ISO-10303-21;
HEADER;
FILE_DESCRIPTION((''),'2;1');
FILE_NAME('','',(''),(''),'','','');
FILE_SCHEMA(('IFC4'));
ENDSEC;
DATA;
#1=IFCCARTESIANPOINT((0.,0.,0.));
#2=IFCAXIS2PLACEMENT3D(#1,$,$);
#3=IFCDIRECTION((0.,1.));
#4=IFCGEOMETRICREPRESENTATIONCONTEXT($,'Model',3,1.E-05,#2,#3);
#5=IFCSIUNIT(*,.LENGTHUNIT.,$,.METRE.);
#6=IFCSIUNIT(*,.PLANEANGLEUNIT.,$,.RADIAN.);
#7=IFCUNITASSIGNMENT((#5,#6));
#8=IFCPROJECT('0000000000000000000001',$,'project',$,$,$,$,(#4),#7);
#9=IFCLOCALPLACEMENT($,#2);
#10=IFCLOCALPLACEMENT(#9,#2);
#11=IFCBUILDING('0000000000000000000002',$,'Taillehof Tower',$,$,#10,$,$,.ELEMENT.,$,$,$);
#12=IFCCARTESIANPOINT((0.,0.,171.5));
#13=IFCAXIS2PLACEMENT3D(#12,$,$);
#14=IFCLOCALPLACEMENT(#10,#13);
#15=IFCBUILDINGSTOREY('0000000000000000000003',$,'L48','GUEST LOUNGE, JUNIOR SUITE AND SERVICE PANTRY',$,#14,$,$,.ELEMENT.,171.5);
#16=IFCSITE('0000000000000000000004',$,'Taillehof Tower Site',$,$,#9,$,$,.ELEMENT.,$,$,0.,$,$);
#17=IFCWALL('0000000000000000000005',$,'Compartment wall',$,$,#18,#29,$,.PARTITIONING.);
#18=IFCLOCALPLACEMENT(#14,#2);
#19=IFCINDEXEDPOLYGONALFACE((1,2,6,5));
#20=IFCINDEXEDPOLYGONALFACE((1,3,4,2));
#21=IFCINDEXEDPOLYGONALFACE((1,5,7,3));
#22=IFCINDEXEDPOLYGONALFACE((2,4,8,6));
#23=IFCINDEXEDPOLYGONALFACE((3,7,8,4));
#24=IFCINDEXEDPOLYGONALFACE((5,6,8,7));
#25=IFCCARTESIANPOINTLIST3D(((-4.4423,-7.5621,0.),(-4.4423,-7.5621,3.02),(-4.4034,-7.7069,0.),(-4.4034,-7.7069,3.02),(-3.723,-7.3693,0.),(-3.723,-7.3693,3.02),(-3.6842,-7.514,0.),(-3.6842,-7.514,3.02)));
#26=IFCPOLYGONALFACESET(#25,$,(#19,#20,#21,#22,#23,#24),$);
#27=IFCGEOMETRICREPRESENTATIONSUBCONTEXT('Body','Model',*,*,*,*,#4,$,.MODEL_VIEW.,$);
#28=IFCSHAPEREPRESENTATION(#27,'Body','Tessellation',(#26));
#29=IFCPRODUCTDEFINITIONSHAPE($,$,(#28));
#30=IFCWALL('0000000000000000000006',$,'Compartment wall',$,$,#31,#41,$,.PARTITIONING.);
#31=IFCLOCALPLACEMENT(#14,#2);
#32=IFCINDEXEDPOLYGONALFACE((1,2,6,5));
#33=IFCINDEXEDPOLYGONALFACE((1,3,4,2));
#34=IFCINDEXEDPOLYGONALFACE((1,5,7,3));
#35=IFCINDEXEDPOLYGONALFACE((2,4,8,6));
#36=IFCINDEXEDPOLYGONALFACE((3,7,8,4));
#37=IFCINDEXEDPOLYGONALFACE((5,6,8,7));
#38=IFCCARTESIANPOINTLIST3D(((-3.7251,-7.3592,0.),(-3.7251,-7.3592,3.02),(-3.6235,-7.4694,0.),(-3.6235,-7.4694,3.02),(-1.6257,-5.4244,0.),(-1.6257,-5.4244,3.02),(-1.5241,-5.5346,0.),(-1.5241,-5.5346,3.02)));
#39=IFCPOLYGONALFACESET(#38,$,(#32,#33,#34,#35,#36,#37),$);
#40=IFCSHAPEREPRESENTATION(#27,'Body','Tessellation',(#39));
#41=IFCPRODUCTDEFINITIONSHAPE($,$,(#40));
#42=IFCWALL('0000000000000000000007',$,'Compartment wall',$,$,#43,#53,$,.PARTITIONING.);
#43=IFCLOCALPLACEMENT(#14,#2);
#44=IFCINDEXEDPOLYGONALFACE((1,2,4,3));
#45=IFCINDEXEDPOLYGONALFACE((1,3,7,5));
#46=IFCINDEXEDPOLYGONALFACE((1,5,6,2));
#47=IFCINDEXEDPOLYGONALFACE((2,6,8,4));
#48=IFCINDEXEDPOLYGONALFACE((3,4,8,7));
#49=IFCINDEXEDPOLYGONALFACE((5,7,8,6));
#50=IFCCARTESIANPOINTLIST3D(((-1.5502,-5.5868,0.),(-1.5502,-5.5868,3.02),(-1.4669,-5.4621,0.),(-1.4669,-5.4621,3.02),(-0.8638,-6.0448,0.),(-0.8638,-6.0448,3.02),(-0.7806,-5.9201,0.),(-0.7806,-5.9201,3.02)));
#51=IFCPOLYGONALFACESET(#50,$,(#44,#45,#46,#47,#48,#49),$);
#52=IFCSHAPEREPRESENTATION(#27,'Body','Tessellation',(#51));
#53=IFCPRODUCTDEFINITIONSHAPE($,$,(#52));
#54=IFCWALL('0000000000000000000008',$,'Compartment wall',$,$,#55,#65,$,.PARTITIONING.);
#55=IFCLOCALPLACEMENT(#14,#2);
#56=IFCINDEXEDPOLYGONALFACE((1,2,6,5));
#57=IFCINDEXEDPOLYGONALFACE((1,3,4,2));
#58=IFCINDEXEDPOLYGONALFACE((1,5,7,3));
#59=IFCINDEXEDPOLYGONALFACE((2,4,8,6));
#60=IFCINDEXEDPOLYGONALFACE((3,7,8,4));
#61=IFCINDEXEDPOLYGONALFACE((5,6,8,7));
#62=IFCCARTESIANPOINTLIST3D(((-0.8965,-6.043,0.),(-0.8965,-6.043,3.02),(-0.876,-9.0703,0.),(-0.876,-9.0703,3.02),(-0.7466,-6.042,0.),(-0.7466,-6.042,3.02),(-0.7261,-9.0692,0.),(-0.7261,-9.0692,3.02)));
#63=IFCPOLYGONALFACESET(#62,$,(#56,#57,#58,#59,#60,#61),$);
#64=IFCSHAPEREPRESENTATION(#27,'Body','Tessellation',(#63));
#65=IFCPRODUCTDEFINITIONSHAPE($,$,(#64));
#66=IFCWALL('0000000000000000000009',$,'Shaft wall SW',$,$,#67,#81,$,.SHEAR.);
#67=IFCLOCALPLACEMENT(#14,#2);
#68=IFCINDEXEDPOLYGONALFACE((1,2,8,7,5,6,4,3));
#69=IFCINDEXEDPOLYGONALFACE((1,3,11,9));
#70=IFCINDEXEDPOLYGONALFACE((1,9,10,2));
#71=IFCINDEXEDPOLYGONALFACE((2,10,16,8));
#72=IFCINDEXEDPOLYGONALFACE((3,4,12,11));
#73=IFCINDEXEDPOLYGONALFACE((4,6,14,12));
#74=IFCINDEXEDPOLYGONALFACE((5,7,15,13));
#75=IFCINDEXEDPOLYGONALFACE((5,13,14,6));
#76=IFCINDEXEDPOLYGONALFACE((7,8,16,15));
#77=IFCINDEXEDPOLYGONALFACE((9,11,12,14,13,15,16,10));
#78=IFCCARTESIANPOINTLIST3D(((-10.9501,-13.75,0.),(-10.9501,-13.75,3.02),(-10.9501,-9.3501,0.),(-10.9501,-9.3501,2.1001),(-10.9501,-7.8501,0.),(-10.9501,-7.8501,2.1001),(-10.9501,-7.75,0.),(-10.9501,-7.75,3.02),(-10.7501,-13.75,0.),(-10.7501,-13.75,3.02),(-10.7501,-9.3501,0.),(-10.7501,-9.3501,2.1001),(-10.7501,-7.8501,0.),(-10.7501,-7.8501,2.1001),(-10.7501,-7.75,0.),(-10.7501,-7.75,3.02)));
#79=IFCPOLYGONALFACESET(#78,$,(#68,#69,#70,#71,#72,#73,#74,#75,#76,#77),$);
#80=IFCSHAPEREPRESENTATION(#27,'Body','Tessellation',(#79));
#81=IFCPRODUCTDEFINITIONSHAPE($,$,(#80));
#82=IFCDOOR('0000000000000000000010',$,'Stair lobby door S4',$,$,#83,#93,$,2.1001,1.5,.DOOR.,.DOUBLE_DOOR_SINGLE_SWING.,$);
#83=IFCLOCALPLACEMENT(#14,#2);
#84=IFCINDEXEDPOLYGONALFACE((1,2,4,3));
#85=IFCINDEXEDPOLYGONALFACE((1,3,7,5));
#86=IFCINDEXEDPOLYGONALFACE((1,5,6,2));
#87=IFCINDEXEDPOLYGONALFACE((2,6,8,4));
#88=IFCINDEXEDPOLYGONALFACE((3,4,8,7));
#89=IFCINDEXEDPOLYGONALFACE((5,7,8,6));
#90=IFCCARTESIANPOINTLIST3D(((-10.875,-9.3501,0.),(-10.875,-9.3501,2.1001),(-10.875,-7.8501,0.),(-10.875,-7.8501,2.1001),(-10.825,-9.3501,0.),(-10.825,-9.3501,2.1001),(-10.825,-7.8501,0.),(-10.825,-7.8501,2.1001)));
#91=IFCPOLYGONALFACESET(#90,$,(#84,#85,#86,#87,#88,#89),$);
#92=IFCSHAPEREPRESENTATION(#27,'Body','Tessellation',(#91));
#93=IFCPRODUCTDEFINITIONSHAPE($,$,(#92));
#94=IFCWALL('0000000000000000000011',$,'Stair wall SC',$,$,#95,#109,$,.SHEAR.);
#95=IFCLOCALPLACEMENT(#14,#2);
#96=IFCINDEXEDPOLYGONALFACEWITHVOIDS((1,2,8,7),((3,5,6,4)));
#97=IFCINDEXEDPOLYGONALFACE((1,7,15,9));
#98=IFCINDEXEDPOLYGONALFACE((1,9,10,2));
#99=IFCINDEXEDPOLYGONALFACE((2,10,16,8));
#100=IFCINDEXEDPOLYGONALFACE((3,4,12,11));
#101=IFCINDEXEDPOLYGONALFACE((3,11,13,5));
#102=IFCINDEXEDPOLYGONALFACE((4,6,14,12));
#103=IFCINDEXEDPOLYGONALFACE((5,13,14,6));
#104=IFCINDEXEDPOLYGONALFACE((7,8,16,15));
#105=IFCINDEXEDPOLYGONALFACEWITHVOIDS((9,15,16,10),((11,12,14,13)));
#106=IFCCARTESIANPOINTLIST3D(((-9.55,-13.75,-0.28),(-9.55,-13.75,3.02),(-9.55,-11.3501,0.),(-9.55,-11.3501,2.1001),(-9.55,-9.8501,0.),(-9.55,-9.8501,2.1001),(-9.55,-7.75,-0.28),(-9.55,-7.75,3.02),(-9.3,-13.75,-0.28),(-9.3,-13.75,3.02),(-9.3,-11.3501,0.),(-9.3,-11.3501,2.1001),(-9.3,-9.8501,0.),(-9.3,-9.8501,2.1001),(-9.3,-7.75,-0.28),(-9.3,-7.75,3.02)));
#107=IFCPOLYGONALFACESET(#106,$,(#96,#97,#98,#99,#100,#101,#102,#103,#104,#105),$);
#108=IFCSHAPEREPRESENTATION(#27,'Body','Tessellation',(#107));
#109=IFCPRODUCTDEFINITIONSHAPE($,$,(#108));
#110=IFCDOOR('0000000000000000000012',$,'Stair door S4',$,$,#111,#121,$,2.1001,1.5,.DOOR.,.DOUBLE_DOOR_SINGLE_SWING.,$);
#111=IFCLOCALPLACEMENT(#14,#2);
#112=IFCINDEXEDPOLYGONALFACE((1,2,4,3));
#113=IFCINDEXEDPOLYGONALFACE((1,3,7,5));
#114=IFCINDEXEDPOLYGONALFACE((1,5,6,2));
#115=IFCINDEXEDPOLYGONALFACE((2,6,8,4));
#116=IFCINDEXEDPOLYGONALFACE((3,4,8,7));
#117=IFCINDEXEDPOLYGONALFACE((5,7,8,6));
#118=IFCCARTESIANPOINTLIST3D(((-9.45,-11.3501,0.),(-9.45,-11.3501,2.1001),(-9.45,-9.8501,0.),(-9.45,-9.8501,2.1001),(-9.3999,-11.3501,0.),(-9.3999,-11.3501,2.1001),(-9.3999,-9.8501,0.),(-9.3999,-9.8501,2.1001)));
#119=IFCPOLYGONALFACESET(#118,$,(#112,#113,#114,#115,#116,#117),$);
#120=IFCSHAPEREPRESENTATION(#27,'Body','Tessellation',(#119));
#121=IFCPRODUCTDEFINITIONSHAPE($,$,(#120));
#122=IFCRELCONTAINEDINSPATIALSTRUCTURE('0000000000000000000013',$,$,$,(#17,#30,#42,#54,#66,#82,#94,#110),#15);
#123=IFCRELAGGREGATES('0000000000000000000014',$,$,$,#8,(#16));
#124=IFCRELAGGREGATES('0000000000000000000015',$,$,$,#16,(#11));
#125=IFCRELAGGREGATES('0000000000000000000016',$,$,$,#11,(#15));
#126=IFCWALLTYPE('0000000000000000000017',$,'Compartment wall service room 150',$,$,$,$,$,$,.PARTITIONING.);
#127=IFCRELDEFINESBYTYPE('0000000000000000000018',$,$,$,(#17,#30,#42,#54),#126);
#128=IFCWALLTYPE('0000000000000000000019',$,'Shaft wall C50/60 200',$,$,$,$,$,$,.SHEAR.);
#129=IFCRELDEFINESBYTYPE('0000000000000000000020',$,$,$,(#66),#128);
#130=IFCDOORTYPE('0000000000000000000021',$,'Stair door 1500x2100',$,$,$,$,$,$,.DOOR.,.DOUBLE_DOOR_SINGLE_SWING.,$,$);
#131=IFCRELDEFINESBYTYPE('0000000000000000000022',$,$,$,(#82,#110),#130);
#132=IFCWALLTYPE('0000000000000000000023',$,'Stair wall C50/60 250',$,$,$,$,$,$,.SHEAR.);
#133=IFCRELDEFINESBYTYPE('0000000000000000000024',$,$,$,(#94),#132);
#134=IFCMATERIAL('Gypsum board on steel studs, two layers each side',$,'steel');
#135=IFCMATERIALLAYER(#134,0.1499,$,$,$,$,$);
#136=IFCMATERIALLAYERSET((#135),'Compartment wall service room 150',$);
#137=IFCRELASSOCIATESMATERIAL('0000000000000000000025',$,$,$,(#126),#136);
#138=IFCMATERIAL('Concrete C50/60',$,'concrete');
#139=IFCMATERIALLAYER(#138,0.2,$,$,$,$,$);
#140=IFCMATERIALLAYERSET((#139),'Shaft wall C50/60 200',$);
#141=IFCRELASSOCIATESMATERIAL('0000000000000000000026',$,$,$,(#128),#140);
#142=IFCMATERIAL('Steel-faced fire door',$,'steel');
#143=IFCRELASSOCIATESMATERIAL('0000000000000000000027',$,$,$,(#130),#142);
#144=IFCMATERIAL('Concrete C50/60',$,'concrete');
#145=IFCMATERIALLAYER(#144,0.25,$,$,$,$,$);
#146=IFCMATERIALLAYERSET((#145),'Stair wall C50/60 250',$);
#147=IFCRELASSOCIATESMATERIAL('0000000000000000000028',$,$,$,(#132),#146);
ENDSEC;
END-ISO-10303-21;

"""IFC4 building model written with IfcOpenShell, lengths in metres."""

from ifc_helpers import new_model, si_unit, direction, frame, frame_2d, origin, place, context, subcontext, project, spatial, rectangle, extrude, material, layer, layer_set, type_object, element, fill, save


model = new_model("IFC4")

# Units and contexts
model_context = context("Model", 3, precision=1e-05, world=origin(), true_north=direction((0.0, 1.0)))
body_context = subcontext(model_context, "Body", "Model", "MODEL_VIEW")
ifc_project = project(units=[si_unit("LENGTHUNIT", "METRE"), si_unit("PLANEANGLEUNIT", "RADIAN")], contexts=[model_context])

# Site, building, storey
site_placement = place(None, origin())
site = spatial("IfcSite", under=ifc_project, at=site_placement, Name="Taillehof Tower Site", CompositionType="ELEMENT", RefElevation=0.0)
building_placement = place(site_placement, origin())
building = spatial("IfcBuilding", under=site, at=building_placement, Name="Taillehof Tower", CompositionType="ELEMENT")
storey_placement = place(building_placement, frame((0.0, 0.0, 171.5)))
storey = spatial("IfcBuildingStorey", under=building, at=storey_placement, Name="L48", Description="GUEST LOUNGE, JUNIOR SUITE AND SERVICE PANTRY", CompositionType="ELEMENT", Elevation=171.5)

# Walls
ifc_material_1 = material(Name="Gypsum board on steel studs, two layers each side", Category="steel")
ifc_layer_1 = layer(ifc_material_1, 0.1499)
ifc_layer_set_1 = layer_set([ifc_layer_1], Name="Compartment wall service room 150")
wall_type_1 = type_object("IfcWallType", Name="Compartment wall service room 150", PredefinedType="PARTITIONING", material=ifc_layer_set_1)
wall_1_placement = place(storey_placement, frame((-4.4229, -7.6345, 0.0), z_axis=(0.0, 0.0, 1.0), x_axis=(0.965875, 0.259009, 0.0)))
element("IfcWall", 1, at=wall_1_placement, inside=storey, type_object=wall_type_1, Name="Compartment wall", PredefinedType="PARTITIONING", context=body_context, shape_type="SweptSolid", body=[
    extrude(rectangle(XDim=0.7446, YDim=0.1499, at=frame_2d((0.3723, 0.0))), origin(), (0.0, 0.0, 1.0), 3.02),
])
wall_2_placement = place(storey_placement, frame((-3.6743, -7.4143, 0.0), z_axis=(0.0, 0.0, 1.0), x_axis=(0.735338, 0.677701, 0.0)))
element("IfcWall", 2, at=wall_2_placement, inside=storey, type_object=wall_type_1, Name="Compartment wall", PredefinedType="PARTITIONING", context=body_context, shape_type="SweptSolid", body=[
    extrude(rectangle(XDim=2.855, YDim=0.1499, at=frame_2d((1.4275, 0.0))), origin(), (0.0, 0.0, 1.0), 3.02),
])
wall_3_placement = place(storey_placement, frame((-1.5085, -5.5244, 0.0), z_axis=(0.0, 0.0, 1.0), x_axis=(0.831777, -0.55511, 0.0)))
element("IfcWall", 3, at=wall_3_placement, inside=storey, type_object=wall_type_1, Name="Compartment wall", PredefinedType="PARTITIONING", context=body_context, shape_type="SweptSolid", body=[
    extrude(rectangle(XDim=0.8252, YDim=0.1499, at=frame_2d((0.4126, 0.0))), origin(), (0.0, 0.0, 1.0), 3.02),
])
wall_4_placement = place(storey_placement, frame((-0.8215, -6.0425, 0.0), z_axis=(0.0, 0.0, 1.0), x_axis=(0.006774, -0.999977, 0.0)))
element("IfcWall", 4, at=wall_4_placement, inside=storey, type_object=wall_type_1, Name="Compartment wall", PredefinedType="PARTITIONING", context=body_context, shape_type="SweptSolid", body=[
    extrude(rectangle(XDim=3.0273, YDim=0.1499, at=frame_2d((1.5137, 0.0))), origin(), (0.0, 0.0, 1.0), 3.02),
])

# Walls, openings, doors
ifc_material_2 = material(Name="Concrete C50/60", Category="concrete")
ifc_layer_2 = layer(ifc_material_2, 0.2)
ifc_layer_set_2 = layer_set([ifc_layer_2], Name="Shaft wall C50/60 200")
wall_type_2 = type_object("IfcWallType", Name="Shaft wall C50/60 200", PredefinedType="SHEAR", material=ifc_layer_set_2)
wall_5_placement = place(storey_placement, frame((-10.8501, -13.75, 0.0), z_axis=(0.0, 0.0, 1.0), x_axis=(0.0, 1.0, 0.0)))
wall_5 = element("IfcWall", 5, at=wall_5_placement, inside=storey, type_object=wall_type_2, Name="Shaft wall SW", PredefinedType="SHEAR", context=body_context, shape_type="SweptSolid", body=[
    extrude(rectangle(XDim=6.0, YDim=0.2, at=frame_2d((3.0, 0.0))), origin(), (0.0, 0.0, 1.0), 3.02),
])
opening_1_placement = place(wall_5_placement, frame((4.3999, 0.0, 0.0)))
opening_1 = element("IfcOpeningElement", 6, at=opening_1_placement, cuts=wall_5, PredefinedType="OPENING", context=body_context, shape_type="SweptSolid", body=[
    extrude(rectangle(XDim=1.5, YDim=2.1001, at=frame_2d((0.75, 1.05))), frame((0.0, 0.1099, 0.0), z_axis=(0.0, -1.0, 0.0), x_axis=(1.0, 0.0, 0.0)), (0.0, 0.0, 1.0), 0.22),
])
ifc_material_3 = material(Name="Steel-faced fire door", Category="steel")
door_type_1 = type_object("IfcDoorType", Name="Stair door 1500x2100", OperationType="DOUBLE_DOOR_SINGLE_SWING", PredefinedType="DOOR", material=ifc_material_3)
door_1_placement = place(opening_1_placement, origin())
door_1 = element("IfcDoor", 7, at=door_1_placement, inside=storey, type_object=door_type_1, Name="Stair lobby door S4", OperationType="DOUBLE_DOOR_SINGLE_SWING", OverallHeight=2.1001, OverallWidth=1.5, PredefinedType="DOOR", context=body_context, shape_type="SweptSolid", body=[
    extrude(rectangle(XDim=1.5, YDim=2.1001, at=frame_2d((0.75, 1.05))), frame((0.0, 0.0249, 0.0), z_axis=(0.0, -1.0, 0.0), x_axis=(1.0, 0.0, 0.0)), (0.0, 0.0, 1.0), 0.05),
])
fill(opening_1, door_1)
ifc_material_4 = material(Name="Concrete C50/60", Category="concrete")
ifc_layer_3 = layer(ifc_material_4, 0.25)
ifc_layer_set_3 = layer_set([ifc_layer_3], Name="Stair wall C50/60 250")
wall_type_3 = type_object("IfcWallType", Name="Stair wall C50/60 250", PredefinedType="SHEAR", material=ifc_layer_set_3)
wall_6_placement = place(storey_placement, frame((-9.425, -13.75, -0.28), z_axis=(0.0, 0.0, 1.0), x_axis=(0.0, 1.0, 0.0)))
wall_6 = element("IfcWall", 8, at=wall_6_placement, inside=storey, type_object=wall_type_3, Name="Stair wall SC", PredefinedType="SHEAR", context=body_context, shape_type="SweptSolid", body=[
    extrude(rectangle(XDim=6.0, YDim=0.25, at=frame_2d((3.0, 0.0))), origin(), (0.0, 0.0, 1.0), 3.3),
])
opening_2_placement = place(wall_6_placement, frame((2.3999, 0.0, 0.28)))
opening_2 = element("IfcOpeningElement", 9, at=opening_2_placement, cuts=wall_6, PredefinedType="OPENING", context=body_context, shape_type="SweptSolid", body=[
    extrude(rectangle(XDim=1.5, YDim=2.1001, at=frame_2d((0.75, 1.05))), frame((0.0, 0.135, 0.0), z_axis=(0.0, -1.0, 0.0), x_axis=(1.0, 0.0, 0.0)), (0.0, 0.0, 1.0), 0.27),
])
door_2_placement = place(opening_2_placement, origin())
door_2 = element("IfcDoor", 10, at=door_2_placement, inside=storey, type_object=door_type_1, Name="Stair door S4", OperationType="DOUBLE_DOOR_SINGLE_SWING", OverallHeight=2.1001, OverallWidth=1.5, PredefinedType="DOOR", context=body_context, shape_type="SweptSolid", body=[
    extrude(rectangle(XDim=1.5, YDim=2.1001, at=frame_2d((0.75, 1.05))), frame((0.0, 0.0249, 0.0), z_axis=(0.0, -1.0, 0.0), x_axis=(1.0, 0.0, 0.0)), (0.0, 0.0, 1.0), 0.05),
])
fill(opening_2, door_2)

save(model, "model.ifc")
